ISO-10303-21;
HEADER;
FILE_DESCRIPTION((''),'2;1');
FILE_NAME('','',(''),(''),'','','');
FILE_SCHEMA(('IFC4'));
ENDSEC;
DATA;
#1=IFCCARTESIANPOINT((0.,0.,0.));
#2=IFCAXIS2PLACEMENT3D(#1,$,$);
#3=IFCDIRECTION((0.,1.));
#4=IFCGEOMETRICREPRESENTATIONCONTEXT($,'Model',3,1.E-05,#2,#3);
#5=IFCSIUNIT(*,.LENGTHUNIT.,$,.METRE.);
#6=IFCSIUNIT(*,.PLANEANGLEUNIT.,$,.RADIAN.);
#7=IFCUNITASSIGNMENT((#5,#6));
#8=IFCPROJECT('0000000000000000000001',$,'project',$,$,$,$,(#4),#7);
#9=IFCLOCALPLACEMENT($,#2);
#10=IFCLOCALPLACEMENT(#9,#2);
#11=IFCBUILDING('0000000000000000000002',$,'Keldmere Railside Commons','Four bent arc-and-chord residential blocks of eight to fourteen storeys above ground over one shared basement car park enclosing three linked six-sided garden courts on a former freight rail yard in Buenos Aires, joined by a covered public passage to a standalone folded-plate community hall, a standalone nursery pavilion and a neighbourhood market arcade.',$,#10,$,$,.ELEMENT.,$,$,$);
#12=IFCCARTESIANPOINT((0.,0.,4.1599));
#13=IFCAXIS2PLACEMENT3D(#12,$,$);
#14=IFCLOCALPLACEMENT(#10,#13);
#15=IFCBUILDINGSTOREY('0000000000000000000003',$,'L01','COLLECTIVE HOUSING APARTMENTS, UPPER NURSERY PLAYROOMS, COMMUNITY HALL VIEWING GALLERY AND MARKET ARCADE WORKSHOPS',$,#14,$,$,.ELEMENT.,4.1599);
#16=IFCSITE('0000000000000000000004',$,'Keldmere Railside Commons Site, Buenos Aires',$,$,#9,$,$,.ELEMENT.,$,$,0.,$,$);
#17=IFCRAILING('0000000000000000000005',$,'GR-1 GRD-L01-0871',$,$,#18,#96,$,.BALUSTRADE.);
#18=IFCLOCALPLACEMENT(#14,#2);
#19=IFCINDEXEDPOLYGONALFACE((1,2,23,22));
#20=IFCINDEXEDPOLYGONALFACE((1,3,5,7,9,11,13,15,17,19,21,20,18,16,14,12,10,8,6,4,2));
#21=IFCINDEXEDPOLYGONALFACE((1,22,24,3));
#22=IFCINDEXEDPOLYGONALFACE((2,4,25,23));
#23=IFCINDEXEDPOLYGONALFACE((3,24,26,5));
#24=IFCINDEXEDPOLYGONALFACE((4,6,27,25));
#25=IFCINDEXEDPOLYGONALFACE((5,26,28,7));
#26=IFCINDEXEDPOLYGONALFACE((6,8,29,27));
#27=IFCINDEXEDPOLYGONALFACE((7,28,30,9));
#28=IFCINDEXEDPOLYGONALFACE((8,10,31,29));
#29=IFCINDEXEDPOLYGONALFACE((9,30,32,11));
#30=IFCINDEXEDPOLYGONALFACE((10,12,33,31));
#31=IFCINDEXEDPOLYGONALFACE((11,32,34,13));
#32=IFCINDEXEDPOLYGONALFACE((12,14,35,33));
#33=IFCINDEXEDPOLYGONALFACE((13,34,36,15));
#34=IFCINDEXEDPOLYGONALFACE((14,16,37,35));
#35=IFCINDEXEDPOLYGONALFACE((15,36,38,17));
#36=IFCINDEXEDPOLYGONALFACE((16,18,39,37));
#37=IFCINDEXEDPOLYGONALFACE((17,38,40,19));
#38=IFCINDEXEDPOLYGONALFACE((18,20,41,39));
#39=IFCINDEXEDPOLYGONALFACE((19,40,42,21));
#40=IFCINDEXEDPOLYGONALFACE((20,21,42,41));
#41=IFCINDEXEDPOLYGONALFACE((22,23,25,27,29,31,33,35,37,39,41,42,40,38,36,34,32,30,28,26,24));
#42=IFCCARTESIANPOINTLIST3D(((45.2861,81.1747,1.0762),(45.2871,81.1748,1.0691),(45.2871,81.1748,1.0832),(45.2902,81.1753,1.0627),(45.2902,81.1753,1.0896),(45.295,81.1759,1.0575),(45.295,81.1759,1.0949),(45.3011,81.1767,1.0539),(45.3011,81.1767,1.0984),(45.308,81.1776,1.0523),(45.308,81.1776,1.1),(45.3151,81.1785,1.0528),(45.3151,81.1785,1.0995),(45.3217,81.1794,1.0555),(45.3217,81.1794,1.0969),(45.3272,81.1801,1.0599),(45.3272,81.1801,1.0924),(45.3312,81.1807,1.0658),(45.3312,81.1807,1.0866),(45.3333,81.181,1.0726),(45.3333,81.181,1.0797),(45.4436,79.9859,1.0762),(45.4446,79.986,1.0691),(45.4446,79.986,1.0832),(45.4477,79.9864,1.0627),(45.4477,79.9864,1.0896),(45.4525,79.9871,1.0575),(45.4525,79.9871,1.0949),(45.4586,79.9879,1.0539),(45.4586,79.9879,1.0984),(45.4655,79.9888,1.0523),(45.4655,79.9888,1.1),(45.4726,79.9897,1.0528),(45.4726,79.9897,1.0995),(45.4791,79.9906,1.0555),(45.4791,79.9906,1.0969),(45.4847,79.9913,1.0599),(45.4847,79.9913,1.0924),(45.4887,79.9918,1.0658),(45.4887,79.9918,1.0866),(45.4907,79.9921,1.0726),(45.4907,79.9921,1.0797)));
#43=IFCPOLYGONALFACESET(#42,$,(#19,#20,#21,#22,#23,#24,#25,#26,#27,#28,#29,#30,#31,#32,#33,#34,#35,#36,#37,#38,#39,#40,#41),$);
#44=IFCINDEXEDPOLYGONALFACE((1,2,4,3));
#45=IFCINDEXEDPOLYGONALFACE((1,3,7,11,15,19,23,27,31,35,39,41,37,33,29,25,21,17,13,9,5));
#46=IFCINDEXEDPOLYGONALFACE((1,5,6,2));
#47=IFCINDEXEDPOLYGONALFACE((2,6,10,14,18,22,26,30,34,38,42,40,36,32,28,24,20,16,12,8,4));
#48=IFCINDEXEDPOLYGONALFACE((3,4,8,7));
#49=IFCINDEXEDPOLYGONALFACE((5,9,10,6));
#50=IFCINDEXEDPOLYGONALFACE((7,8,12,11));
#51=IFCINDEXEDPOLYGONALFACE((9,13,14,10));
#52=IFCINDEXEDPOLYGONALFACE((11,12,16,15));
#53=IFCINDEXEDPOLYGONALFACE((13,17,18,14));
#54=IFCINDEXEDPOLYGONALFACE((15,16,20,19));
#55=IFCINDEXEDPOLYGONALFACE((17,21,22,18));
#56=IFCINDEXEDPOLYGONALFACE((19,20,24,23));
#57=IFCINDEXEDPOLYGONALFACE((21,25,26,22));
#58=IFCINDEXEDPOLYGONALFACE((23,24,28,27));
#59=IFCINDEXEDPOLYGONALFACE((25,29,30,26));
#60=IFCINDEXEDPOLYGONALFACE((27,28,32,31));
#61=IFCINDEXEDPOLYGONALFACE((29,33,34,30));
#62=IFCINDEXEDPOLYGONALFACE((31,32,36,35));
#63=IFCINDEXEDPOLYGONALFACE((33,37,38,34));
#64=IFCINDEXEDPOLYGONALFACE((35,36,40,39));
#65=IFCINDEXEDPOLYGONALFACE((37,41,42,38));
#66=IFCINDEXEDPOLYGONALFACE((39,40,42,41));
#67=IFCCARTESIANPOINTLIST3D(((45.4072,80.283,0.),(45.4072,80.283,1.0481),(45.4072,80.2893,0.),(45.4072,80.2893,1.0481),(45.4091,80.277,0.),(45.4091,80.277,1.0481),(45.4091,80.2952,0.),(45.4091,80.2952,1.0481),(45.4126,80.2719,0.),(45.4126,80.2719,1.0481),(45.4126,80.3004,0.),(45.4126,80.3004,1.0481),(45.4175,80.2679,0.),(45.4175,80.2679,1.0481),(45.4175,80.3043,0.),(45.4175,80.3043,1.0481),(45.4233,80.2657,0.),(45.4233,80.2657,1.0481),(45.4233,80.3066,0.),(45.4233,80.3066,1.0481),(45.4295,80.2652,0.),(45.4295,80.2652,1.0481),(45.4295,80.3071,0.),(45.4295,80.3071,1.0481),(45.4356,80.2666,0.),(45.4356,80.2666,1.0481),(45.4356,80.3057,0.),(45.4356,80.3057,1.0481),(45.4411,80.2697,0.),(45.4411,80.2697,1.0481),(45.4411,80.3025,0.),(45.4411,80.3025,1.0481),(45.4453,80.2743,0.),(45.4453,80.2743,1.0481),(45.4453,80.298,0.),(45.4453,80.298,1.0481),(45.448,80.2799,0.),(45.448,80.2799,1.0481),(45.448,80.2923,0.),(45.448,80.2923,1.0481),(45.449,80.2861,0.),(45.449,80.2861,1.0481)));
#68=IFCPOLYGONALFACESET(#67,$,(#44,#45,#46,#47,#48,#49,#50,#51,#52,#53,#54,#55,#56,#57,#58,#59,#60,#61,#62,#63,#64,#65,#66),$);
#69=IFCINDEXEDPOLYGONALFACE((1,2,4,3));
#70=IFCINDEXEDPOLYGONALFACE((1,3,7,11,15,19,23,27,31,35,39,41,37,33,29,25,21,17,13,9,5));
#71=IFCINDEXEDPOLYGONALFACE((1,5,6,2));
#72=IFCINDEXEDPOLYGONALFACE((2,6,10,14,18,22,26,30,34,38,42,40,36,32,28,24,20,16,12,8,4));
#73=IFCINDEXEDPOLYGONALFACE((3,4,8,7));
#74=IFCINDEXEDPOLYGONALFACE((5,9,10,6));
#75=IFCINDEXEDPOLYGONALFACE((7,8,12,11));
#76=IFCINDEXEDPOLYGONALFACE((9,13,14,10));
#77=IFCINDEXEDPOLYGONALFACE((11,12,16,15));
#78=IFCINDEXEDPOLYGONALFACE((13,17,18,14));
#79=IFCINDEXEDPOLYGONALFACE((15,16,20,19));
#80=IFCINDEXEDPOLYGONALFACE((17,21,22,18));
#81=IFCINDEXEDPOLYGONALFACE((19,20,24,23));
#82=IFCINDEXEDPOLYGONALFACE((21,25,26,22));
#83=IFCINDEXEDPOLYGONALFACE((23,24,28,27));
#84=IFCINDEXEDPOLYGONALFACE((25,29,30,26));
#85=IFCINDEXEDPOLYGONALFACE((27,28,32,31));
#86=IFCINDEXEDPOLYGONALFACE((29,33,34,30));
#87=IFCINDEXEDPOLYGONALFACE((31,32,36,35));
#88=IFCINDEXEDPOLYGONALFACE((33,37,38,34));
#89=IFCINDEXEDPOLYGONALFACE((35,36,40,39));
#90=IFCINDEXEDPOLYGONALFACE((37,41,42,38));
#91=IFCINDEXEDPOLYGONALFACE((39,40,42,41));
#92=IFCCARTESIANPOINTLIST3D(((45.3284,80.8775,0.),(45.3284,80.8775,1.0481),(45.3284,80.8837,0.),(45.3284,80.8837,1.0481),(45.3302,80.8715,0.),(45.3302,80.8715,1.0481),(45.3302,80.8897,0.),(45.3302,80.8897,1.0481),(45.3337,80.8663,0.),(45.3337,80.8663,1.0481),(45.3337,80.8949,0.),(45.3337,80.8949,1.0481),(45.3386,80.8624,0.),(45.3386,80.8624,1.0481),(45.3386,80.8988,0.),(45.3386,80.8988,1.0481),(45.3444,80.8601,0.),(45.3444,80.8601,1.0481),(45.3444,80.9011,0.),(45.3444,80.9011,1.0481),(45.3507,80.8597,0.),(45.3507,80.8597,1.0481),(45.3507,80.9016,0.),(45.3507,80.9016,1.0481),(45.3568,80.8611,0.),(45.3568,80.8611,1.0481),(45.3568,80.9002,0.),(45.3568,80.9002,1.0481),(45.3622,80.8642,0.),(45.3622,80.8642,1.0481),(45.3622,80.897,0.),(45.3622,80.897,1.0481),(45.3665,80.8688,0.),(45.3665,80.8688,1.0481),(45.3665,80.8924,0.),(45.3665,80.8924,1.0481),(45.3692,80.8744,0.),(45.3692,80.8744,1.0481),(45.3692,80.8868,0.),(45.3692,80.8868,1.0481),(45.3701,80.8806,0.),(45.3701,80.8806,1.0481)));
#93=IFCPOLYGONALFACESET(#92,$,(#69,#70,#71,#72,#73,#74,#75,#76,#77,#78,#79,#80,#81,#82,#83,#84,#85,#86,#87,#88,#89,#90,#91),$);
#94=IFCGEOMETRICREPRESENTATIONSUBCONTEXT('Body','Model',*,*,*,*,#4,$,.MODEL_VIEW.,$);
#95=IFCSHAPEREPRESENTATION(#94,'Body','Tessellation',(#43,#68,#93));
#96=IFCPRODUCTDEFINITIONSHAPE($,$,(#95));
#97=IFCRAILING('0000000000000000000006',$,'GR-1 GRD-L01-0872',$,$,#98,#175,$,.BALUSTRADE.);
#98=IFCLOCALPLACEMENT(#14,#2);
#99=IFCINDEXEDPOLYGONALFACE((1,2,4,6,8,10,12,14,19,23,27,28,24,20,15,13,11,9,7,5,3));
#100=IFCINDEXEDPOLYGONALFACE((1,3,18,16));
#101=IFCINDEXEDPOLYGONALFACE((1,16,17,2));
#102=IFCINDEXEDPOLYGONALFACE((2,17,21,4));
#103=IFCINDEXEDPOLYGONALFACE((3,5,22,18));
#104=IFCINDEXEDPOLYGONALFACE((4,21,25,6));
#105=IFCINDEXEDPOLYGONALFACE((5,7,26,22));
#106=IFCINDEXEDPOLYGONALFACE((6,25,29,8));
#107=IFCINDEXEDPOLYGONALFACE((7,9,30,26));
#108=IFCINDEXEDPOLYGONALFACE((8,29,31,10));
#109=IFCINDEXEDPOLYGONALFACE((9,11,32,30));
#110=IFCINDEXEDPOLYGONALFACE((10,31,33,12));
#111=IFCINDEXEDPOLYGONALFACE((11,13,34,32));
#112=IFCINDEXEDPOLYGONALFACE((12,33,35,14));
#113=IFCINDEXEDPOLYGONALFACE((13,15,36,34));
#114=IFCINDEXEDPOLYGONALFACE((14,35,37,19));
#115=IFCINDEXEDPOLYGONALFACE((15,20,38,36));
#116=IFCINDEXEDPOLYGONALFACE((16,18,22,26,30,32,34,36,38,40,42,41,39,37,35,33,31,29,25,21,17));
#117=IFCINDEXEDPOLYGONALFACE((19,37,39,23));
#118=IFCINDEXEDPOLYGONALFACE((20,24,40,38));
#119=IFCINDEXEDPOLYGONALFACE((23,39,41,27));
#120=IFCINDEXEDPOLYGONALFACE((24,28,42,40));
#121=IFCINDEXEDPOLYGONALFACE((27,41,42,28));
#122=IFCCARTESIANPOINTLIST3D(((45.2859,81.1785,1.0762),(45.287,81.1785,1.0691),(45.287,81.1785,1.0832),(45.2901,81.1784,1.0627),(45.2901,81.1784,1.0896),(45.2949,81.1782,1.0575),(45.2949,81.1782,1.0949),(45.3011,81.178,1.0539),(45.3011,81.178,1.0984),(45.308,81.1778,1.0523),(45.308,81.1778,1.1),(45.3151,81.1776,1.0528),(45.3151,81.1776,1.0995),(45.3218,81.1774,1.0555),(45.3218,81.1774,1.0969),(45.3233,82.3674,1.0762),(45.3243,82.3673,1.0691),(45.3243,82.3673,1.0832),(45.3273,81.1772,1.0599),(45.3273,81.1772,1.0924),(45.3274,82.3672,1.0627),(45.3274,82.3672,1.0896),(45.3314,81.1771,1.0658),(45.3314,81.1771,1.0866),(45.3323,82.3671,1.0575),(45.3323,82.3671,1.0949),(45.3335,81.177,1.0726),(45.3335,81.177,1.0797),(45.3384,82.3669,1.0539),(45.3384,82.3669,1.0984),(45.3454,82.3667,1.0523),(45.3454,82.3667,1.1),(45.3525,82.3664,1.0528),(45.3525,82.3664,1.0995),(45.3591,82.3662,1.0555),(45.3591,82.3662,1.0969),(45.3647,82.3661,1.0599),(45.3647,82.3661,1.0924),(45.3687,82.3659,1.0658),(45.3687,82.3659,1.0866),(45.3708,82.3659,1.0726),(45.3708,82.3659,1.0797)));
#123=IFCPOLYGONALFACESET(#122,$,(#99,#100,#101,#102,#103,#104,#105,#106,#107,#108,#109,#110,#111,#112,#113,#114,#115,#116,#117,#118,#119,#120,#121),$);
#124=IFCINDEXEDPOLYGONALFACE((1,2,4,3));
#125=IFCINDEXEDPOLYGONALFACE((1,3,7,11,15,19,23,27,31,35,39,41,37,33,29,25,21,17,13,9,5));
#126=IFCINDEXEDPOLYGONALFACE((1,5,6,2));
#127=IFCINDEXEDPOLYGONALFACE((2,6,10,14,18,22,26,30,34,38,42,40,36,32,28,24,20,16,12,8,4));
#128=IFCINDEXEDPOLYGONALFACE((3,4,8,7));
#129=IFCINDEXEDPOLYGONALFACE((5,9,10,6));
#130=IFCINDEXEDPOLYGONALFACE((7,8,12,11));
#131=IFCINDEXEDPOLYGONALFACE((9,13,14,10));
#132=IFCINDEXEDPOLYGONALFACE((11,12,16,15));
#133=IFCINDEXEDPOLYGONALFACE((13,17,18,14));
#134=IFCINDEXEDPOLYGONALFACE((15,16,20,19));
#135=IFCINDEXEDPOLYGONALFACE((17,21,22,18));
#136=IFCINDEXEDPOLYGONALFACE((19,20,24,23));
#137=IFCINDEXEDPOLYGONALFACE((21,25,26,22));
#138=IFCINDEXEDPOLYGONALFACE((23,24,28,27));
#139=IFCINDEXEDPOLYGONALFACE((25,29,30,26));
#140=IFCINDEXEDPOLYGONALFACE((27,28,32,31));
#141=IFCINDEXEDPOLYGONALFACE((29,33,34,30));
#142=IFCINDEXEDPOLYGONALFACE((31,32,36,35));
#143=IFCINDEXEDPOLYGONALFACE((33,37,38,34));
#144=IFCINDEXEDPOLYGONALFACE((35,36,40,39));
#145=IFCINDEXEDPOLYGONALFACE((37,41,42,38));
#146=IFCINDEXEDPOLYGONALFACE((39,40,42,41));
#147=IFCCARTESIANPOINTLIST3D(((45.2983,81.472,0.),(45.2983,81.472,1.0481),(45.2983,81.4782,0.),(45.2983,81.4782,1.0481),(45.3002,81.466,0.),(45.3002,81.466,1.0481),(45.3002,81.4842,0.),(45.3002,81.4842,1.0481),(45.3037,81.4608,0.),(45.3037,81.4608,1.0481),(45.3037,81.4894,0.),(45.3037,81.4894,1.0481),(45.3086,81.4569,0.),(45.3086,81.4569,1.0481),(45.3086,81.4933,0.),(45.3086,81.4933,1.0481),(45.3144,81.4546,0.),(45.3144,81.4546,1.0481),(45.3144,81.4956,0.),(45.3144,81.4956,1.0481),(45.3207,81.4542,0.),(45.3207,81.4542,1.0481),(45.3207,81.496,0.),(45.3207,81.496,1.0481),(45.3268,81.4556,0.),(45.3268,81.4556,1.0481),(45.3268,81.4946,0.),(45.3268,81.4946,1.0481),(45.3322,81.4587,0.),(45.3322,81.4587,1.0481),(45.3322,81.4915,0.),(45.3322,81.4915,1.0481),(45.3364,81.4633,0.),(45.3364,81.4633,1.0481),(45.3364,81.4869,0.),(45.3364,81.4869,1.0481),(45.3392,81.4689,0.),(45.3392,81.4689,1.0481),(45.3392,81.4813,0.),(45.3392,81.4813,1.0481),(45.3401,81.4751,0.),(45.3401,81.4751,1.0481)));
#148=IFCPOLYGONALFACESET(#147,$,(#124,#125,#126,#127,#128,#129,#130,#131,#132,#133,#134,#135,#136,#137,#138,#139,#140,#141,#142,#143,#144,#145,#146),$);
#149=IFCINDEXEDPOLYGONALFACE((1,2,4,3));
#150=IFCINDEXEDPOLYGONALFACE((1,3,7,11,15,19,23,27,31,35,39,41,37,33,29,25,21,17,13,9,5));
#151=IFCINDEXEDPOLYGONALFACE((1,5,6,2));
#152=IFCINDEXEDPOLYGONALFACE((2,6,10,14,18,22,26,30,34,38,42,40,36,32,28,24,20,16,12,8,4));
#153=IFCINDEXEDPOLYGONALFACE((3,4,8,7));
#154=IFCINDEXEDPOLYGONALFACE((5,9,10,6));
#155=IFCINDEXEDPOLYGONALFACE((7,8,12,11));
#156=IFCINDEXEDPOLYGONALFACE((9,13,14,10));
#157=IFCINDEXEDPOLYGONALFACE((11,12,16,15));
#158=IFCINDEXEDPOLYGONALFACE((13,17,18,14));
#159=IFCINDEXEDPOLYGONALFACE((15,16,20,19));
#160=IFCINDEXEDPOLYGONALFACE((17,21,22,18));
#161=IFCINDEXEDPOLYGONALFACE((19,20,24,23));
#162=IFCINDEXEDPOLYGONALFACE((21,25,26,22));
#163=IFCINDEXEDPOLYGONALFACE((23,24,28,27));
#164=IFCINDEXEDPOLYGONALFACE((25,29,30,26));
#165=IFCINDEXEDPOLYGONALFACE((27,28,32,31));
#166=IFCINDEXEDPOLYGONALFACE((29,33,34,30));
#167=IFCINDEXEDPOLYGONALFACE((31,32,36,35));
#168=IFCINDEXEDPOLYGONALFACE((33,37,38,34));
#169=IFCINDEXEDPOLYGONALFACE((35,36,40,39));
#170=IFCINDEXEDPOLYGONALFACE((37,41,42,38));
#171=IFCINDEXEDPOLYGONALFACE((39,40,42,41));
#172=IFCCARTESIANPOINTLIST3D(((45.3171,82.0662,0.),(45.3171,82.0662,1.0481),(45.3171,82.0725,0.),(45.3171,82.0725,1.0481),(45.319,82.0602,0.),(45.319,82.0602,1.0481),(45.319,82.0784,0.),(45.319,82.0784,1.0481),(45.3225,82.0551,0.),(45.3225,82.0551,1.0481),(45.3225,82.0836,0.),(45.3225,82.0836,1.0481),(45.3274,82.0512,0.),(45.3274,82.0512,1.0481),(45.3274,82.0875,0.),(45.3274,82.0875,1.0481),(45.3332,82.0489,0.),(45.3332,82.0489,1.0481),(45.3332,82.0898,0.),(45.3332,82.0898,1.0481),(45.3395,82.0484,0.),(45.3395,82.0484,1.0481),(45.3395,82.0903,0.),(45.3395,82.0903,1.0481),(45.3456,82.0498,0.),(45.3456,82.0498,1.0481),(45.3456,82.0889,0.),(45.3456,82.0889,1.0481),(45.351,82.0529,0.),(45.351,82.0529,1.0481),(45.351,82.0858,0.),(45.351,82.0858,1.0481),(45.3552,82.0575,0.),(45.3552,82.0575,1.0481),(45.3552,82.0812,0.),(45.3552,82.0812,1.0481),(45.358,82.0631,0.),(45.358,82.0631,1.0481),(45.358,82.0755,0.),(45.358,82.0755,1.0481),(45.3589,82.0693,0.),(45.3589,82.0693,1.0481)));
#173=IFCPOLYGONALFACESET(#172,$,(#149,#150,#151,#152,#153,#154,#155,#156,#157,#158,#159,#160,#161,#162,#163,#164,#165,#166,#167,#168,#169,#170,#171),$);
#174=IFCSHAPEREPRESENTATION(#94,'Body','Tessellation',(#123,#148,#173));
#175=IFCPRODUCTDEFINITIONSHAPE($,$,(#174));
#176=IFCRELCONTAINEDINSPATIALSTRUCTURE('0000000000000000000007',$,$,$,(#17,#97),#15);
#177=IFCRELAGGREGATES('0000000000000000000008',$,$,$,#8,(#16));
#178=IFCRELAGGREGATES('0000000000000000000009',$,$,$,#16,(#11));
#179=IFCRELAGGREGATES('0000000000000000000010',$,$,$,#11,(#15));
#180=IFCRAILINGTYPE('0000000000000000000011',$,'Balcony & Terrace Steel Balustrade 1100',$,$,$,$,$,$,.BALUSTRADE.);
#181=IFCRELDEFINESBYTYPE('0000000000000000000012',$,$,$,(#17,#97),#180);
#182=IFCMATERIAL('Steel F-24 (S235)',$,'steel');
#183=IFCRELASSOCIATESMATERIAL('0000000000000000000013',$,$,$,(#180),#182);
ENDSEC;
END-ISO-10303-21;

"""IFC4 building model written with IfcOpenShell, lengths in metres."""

from ifc_helpers import new_model, si_unit, direction, frame, origin, origin_2d, place, context, subcontext, project, spatial, circle, extrude, material, type_object, element, save


model = new_model("IFC4")

# Units and contexts
model_context = context("Model", 3, precision=1e-05, world=origin(), true_north=direction((0.0, 1.0)))
body_context = subcontext(model_context, "Body", "Model", "MODEL_VIEW")
ifc_project = project(units=[si_unit("LENGTHUNIT", "METRE"), si_unit("PLANEANGLEUNIT", "RADIAN")], contexts=[model_context])

# Site, building, storey
site_placement = place(None, origin())
site = spatial("IfcSite", under=ifc_project, at=site_placement, Name="Keldmere Railside Commons Site, Buenos Aires", CompositionType="ELEMENT", RefElevation=0.0)
building_placement = place(site_placement, origin())
building = spatial("IfcBuilding", under=site, at=building_placement, Name="Keldmere Railside Commons", Description="Four bent arc-and-chord residential blocks of eight to fourteen storeys above ground over one shared basement car park enclosing three linked six-sided garden courts on a former freight rail yard in Buenos Aires, joined by a covered public passage to a standalone folded-plate community hall, a standalone nursery pavilion and a neighbourhood market arcade.", CompositionType="ELEMENT")
storey_placement = place(building_placement, frame((0.0, 0.0, 4.1599)))
storey = spatial("IfcBuildingStorey", under=building, at=storey_placement, Name="L01", Description="COLLECTIVE HOUSING APARTMENTS, UPPER NURSERY PLAYROOMS, COMMUNITY HALL VIEWING GALLERY AND MARKET ARCADE WORKSHOPS", CompositionType="ELEMENT", Elevation=4.1599)

# Shared definitions
ifc_material_1 = material(Name="Steel F-24 (S235)", Category="steel")

# Railings
railing_type = type_object("IfcRailingType", Name="Balcony & Terrace Steel Balustrade 1100", PredefinedType="BALUSTRADE", material=ifc_material_1)
railing_1_placement = place(storey_placement, frame((45.4673, 79.989, 0.0)))
element("IfcRailing", 1, at=railing_1_placement, inside=storey, type_object=railing_type, Name="GR-1 GRD-L01-0871", PredefinedType="BALUSTRADE", context=body_context, shape_type="SweptSolid", body=[
    extrude(circle(Radius=0.0239, at=origin_2d()), frame((0.0, 0.0, 1.0762), z_axis=(-0.131323, 0.99134, 0.0), x_axis=(-0.99134, -0.131323, 0.0)), (0.0, 0.0, 1.0), 1.1992),
    extrude(circle(Radius=0.021, at=origin_2d()), frame((-0.0393, 0.2971, 0.0)), (0.0, 0.0, 1.0), 1.0481),
    extrude(circle(Radius=0.021, at=origin_2d()), frame((-0.1182, 0.8916, 0.0)), (0.0, 0.0, 1.0), 1.0481),
])
railing_2_placement = place(storey_placement, frame((45.3098, 81.1777, 0.0)))
element("IfcRailing", 2, at=railing_2_placement, inside=storey, type_object=railing_type, Name="GR-1 GRD-L01-0872", PredefinedType="BALUSTRADE", context=body_context, shape_type="SweptSolid", body=[
    extrude(circle(Radius=0.0239, at=origin_2d()), frame((0.0, 0.0, 1.0762), z_axis=(0.031401, 0.999507, 0.0), x_axis=(-0.999507, 0.031401, 0.0)), (0.0, 0.0, 1.0), 1.1895),
    extrude(circle(Radius=0.021, at=origin_2d()), frame((0.0093, 0.2974, 0.0)), (0.0, 0.0, 1.0), 1.0481),
    extrude(circle(Radius=0.021, at=origin_2d()), frame((0.0281, 0.8916, 0.0)), (0.0, 0.0, 1.0), 1.0481),
])

save(model, "model.ifc")
